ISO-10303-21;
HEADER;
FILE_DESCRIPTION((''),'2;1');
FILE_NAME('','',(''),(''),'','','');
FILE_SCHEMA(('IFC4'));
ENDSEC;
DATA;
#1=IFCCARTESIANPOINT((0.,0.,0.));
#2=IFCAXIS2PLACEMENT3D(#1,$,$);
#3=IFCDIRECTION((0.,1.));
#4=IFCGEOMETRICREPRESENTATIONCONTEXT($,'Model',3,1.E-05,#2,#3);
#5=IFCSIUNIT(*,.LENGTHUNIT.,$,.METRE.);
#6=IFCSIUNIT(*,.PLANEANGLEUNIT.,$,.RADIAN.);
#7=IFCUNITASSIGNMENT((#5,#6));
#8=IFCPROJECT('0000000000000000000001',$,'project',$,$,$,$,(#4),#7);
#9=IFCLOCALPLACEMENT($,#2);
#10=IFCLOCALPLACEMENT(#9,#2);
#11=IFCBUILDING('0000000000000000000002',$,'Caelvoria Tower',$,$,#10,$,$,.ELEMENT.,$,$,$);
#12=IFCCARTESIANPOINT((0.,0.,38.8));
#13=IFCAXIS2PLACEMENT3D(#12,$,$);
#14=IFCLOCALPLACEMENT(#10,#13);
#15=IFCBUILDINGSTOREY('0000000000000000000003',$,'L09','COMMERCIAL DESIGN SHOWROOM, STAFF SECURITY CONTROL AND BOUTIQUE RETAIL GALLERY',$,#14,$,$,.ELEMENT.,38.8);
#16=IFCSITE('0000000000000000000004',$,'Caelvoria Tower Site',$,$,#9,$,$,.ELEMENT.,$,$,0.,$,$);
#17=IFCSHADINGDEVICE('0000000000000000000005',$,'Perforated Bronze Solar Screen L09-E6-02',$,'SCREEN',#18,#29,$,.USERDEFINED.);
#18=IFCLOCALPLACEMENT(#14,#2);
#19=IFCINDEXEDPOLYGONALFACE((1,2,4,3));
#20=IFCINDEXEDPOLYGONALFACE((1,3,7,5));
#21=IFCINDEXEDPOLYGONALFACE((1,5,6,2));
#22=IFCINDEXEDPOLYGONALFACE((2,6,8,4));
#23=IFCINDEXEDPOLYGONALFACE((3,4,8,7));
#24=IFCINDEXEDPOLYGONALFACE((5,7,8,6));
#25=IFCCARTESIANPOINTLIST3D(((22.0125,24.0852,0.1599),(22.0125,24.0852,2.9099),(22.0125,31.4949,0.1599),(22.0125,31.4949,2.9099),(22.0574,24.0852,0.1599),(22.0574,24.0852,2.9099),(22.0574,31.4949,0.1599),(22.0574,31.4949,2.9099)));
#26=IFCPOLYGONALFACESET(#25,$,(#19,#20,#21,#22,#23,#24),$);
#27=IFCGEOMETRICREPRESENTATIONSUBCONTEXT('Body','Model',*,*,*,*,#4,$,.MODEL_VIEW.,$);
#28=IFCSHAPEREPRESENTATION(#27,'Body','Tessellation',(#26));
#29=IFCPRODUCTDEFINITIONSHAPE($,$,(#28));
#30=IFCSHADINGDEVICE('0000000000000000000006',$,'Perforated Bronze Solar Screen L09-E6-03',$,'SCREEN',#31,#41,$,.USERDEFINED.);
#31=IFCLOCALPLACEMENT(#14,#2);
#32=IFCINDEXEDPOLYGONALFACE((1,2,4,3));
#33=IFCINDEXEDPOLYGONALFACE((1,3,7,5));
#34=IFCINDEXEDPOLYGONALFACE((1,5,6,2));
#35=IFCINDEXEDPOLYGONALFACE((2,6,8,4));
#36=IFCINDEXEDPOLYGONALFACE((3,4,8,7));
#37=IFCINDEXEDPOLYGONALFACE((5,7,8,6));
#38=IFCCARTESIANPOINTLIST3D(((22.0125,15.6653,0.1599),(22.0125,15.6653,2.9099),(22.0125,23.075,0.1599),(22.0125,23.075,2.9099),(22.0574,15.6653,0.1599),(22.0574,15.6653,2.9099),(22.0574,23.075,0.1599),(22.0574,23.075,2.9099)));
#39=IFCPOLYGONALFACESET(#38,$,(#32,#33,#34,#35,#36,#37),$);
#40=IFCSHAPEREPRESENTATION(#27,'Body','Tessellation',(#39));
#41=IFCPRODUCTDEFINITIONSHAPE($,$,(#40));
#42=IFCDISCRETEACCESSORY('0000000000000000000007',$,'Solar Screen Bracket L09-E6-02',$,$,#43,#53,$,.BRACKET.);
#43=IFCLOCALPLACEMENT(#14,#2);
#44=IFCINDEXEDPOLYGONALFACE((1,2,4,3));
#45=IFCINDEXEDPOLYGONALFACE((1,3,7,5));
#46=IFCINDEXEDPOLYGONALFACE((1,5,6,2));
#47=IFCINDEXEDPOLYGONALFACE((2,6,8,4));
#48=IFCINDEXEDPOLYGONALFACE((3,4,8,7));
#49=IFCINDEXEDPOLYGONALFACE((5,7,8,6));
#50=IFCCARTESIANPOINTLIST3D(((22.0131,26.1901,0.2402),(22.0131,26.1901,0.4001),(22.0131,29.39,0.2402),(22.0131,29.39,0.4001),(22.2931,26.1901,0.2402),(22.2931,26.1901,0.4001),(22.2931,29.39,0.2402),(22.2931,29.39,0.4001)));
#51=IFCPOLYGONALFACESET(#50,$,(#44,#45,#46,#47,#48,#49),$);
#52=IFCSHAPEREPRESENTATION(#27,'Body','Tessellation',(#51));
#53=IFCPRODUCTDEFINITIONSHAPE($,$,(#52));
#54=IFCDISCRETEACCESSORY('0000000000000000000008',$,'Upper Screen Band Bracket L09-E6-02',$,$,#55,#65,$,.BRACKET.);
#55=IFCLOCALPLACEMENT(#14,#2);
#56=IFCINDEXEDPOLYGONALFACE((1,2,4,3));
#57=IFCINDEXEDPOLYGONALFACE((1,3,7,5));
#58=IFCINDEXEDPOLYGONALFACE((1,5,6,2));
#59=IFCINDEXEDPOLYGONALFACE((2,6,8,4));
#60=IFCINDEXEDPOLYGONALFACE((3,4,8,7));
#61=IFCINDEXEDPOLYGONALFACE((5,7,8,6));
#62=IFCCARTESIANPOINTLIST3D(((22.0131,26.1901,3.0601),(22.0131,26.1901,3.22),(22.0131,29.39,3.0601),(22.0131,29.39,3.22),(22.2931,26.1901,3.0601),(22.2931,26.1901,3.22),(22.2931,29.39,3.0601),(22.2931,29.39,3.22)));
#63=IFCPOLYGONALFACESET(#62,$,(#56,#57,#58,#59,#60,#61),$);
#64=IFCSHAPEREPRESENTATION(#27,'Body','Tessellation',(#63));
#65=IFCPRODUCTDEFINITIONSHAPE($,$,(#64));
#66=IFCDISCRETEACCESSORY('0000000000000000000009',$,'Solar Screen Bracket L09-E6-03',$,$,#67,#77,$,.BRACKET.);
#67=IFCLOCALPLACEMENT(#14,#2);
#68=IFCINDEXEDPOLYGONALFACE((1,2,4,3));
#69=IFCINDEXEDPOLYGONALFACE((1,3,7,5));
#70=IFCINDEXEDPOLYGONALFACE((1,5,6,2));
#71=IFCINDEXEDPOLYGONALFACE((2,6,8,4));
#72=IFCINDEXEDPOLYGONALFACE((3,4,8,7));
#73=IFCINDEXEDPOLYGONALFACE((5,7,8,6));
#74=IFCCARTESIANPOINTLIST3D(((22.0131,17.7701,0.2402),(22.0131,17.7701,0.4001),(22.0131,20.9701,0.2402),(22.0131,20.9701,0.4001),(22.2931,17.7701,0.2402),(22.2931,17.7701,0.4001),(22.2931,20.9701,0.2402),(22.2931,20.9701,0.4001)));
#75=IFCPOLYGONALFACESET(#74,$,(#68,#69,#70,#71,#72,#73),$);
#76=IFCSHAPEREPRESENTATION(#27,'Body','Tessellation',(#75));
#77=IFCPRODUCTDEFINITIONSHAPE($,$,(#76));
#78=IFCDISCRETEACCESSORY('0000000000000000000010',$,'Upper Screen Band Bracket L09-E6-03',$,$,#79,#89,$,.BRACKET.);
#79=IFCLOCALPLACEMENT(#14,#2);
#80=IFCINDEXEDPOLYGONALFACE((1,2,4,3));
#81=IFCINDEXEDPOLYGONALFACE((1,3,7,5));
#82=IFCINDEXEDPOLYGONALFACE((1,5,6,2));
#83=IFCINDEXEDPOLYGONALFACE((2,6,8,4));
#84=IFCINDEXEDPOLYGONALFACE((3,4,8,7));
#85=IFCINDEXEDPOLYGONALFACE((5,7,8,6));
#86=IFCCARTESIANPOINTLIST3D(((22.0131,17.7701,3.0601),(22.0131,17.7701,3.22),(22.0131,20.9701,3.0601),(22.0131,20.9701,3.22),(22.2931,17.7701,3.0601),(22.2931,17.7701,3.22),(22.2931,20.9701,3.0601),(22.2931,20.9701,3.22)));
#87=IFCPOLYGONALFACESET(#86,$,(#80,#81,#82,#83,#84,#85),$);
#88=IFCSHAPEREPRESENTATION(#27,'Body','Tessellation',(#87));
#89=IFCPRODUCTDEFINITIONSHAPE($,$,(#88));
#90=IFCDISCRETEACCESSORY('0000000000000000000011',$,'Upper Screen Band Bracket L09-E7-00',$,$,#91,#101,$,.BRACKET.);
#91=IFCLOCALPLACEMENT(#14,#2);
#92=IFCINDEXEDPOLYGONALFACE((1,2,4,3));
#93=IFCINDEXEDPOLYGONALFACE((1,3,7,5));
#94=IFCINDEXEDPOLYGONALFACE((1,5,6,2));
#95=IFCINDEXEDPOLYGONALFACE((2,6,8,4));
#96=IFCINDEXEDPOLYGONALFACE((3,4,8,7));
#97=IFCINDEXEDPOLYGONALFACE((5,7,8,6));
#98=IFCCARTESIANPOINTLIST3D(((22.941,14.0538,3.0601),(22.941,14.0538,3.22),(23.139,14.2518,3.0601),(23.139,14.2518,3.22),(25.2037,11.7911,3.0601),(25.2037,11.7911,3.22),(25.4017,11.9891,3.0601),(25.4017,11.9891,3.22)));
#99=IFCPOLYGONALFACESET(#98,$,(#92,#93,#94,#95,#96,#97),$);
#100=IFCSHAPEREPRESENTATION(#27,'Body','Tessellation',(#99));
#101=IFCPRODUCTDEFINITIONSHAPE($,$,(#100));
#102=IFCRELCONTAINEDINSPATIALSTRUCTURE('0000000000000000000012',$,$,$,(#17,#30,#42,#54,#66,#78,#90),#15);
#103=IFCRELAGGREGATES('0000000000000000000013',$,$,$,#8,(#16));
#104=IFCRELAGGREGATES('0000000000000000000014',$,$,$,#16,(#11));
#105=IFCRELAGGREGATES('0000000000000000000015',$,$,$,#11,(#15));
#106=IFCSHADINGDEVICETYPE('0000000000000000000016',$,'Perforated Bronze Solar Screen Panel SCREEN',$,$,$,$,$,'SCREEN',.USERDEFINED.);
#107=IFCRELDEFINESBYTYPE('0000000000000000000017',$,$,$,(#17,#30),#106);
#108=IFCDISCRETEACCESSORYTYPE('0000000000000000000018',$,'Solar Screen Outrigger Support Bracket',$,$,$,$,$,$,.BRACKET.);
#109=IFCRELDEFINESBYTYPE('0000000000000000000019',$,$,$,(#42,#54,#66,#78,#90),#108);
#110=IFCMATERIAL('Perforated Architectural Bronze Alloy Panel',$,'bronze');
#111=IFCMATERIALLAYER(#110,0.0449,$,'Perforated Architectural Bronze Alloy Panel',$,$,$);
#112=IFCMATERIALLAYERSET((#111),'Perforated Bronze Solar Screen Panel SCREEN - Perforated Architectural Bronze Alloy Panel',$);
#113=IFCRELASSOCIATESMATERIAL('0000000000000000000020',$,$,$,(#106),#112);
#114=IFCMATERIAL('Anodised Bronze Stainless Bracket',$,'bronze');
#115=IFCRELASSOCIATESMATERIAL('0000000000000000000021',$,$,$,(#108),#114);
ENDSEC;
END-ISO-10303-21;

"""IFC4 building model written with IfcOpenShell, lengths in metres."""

from ifc_helpers import new_model, si_unit, direction, frame, origin, origin_2d, place, context, subcontext, project, spatial, rectangle, extrude, material, layer, layer_set, type_object, element, save


model = new_model("IFC4")

# Units and contexts
model_context = context("Model", 3, precision=1e-05, world=origin(), true_north=direction((0.0, 1.0)))
body_context = subcontext(model_context, "Body", "Model", "MODEL_VIEW")
ifc_project = project(units=[si_unit("LENGTHUNIT", "METRE"), si_unit("PLANEANGLEUNIT", "RADIAN")], contexts=[model_context])

# Site, building, storey
site_placement = place(None, origin())
site = spatial("IfcSite", under=ifc_project, at=site_placement, Name="Caelvoria Tower Site", CompositionType="ELEMENT", RefElevation=0.0)
building_placement = place(site_placement, origin())
building = spatial("IfcBuilding", under=site, at=building_placement, Name="Caelvoria Tower", CompositionType="ELEMENT")
storey_placement = place(building_placement, frame((0.0, 0.0, 38.8)))
storey = spatial("IfcBuildingStorey", under=building, at=storey_placement, Name="L09", Description="COMMERCIAL DESIGN SHOWROOM, STAFF SECURITY CONTROL AND BOUTIQUE RETAIL GALLERY", CompositionType="ELEMENT", Elevation=38.8)

# Shading devices
ifc_material_1 = material(Name="Perforated Architectural Bronze Alloy Panel", Category="bronze")
ifc_layer_1 = layer(ifc_material_1, 0.0449, Name="Perforated Architectural Bronze Alloy Panel")
ifc_layer_set_1 = layer_set([ifc_layer_1], Name="Perforated Bronze Solar Screen Panel SCREEN - Perforated Architectural Bronze Alloy Panel")
shading_device_type = type_object("IfcShadingDeviceType", Name="Perforated Bronze Solar Screen Panel SCREEN", ElementType="SCREEN", PredefinedType="USERDEFINED", material=ifc_layer_set_1)
for number, where, z_axis, x_axis, name in (
    (1, (22.0349, 27.79, 0.1599), (0.0, 0.0, 1.0), (0.0, -1.0, 0.0), "Perforated Bronze Solar Screen L09-E6-02"),
    (2, (22.0349, 19.3701, 0.1599), (0.0, 0.0, 1.0), (0.0, -1.0, 0.0), "Perforated Bronze Solar Screen L09-E6-03"),
):
    element("IfcShadingDevice", number, at=place(storey_placement, frame(where, z_axis=z_axis, x_axis=x_axis)), inside=storey, type_object=shading_device_type, Name=name, ObjectType="SCREEN", PredefinedType="USERDEFINED", context=body_context, shape_type="SweptSolid", body=[
        extrude(rectangle(XDim=7.4097, YDim=0.0449, at=origin_2d()), origin(), (0.0, 0.0, 1.0), 2.75),
    ])

# Discrete accessories
ifc_material_2 = material(Name="Anodised Bronze Stainless Bracket", Category="bronze")
discrete_accessory_type = type_object("IfcDiscreteAccessoryType", Name="Solar Screen Outrigger Support Bracket", PredefinedType="BRACKET", material=ifc_material_2)
for number, where, z_axis, x_axis, name in (
    (3, (22.1531, 27.79, 0.2402), (0.0, 0.0, 1.0), (0.0, -1.0, 0.0), "Solar Screen Bracket L09-E6-02"),
    (4, (22.1531, 27.79, 3.0601), (0.0, 0.0, 1.0), (0.0, -1.0, 0.0), "Upper Screen Band Bracket L09-E6-02"),
    (5, (22.1531, 19.3701, 0.2402), (0.0, 0.0, 1.0), (0.0, -1.0, 0.0), "Solar Screen Bracket L09-E6-03"),
    (6, (22.1531, 19.3701, 3.0601), (0.0, 0.0, 1.0), (0.0, -1.0, 0.0), "Upper Screen Band Bracket L09-E6-03"),
    (7, (24.1714, 13.0215, 3.0601), (0.0, 0.0, 1.0), (0.707107, -0.707107, 0.0), "Upper Screen Band Bracket L09-E7-00"),
):
    element("IfcDiscreteAccessory", number, at=place(storey_placement, frame(where, z_axis=z_axis, x_axis=x_axis)), inside=storey, type_object=discrete_accessory_type, Name=name, PredefinedType="BRACKET", context=body_context, shape_type="SweptSolid", body=[
        extrude(rectangle(XDim=3.2, YDim=0.28, at=origin_2d()), origin(), (0.0, 0.0, 1.0), 0.1599),
    ])

save(model, "model.ifc")
